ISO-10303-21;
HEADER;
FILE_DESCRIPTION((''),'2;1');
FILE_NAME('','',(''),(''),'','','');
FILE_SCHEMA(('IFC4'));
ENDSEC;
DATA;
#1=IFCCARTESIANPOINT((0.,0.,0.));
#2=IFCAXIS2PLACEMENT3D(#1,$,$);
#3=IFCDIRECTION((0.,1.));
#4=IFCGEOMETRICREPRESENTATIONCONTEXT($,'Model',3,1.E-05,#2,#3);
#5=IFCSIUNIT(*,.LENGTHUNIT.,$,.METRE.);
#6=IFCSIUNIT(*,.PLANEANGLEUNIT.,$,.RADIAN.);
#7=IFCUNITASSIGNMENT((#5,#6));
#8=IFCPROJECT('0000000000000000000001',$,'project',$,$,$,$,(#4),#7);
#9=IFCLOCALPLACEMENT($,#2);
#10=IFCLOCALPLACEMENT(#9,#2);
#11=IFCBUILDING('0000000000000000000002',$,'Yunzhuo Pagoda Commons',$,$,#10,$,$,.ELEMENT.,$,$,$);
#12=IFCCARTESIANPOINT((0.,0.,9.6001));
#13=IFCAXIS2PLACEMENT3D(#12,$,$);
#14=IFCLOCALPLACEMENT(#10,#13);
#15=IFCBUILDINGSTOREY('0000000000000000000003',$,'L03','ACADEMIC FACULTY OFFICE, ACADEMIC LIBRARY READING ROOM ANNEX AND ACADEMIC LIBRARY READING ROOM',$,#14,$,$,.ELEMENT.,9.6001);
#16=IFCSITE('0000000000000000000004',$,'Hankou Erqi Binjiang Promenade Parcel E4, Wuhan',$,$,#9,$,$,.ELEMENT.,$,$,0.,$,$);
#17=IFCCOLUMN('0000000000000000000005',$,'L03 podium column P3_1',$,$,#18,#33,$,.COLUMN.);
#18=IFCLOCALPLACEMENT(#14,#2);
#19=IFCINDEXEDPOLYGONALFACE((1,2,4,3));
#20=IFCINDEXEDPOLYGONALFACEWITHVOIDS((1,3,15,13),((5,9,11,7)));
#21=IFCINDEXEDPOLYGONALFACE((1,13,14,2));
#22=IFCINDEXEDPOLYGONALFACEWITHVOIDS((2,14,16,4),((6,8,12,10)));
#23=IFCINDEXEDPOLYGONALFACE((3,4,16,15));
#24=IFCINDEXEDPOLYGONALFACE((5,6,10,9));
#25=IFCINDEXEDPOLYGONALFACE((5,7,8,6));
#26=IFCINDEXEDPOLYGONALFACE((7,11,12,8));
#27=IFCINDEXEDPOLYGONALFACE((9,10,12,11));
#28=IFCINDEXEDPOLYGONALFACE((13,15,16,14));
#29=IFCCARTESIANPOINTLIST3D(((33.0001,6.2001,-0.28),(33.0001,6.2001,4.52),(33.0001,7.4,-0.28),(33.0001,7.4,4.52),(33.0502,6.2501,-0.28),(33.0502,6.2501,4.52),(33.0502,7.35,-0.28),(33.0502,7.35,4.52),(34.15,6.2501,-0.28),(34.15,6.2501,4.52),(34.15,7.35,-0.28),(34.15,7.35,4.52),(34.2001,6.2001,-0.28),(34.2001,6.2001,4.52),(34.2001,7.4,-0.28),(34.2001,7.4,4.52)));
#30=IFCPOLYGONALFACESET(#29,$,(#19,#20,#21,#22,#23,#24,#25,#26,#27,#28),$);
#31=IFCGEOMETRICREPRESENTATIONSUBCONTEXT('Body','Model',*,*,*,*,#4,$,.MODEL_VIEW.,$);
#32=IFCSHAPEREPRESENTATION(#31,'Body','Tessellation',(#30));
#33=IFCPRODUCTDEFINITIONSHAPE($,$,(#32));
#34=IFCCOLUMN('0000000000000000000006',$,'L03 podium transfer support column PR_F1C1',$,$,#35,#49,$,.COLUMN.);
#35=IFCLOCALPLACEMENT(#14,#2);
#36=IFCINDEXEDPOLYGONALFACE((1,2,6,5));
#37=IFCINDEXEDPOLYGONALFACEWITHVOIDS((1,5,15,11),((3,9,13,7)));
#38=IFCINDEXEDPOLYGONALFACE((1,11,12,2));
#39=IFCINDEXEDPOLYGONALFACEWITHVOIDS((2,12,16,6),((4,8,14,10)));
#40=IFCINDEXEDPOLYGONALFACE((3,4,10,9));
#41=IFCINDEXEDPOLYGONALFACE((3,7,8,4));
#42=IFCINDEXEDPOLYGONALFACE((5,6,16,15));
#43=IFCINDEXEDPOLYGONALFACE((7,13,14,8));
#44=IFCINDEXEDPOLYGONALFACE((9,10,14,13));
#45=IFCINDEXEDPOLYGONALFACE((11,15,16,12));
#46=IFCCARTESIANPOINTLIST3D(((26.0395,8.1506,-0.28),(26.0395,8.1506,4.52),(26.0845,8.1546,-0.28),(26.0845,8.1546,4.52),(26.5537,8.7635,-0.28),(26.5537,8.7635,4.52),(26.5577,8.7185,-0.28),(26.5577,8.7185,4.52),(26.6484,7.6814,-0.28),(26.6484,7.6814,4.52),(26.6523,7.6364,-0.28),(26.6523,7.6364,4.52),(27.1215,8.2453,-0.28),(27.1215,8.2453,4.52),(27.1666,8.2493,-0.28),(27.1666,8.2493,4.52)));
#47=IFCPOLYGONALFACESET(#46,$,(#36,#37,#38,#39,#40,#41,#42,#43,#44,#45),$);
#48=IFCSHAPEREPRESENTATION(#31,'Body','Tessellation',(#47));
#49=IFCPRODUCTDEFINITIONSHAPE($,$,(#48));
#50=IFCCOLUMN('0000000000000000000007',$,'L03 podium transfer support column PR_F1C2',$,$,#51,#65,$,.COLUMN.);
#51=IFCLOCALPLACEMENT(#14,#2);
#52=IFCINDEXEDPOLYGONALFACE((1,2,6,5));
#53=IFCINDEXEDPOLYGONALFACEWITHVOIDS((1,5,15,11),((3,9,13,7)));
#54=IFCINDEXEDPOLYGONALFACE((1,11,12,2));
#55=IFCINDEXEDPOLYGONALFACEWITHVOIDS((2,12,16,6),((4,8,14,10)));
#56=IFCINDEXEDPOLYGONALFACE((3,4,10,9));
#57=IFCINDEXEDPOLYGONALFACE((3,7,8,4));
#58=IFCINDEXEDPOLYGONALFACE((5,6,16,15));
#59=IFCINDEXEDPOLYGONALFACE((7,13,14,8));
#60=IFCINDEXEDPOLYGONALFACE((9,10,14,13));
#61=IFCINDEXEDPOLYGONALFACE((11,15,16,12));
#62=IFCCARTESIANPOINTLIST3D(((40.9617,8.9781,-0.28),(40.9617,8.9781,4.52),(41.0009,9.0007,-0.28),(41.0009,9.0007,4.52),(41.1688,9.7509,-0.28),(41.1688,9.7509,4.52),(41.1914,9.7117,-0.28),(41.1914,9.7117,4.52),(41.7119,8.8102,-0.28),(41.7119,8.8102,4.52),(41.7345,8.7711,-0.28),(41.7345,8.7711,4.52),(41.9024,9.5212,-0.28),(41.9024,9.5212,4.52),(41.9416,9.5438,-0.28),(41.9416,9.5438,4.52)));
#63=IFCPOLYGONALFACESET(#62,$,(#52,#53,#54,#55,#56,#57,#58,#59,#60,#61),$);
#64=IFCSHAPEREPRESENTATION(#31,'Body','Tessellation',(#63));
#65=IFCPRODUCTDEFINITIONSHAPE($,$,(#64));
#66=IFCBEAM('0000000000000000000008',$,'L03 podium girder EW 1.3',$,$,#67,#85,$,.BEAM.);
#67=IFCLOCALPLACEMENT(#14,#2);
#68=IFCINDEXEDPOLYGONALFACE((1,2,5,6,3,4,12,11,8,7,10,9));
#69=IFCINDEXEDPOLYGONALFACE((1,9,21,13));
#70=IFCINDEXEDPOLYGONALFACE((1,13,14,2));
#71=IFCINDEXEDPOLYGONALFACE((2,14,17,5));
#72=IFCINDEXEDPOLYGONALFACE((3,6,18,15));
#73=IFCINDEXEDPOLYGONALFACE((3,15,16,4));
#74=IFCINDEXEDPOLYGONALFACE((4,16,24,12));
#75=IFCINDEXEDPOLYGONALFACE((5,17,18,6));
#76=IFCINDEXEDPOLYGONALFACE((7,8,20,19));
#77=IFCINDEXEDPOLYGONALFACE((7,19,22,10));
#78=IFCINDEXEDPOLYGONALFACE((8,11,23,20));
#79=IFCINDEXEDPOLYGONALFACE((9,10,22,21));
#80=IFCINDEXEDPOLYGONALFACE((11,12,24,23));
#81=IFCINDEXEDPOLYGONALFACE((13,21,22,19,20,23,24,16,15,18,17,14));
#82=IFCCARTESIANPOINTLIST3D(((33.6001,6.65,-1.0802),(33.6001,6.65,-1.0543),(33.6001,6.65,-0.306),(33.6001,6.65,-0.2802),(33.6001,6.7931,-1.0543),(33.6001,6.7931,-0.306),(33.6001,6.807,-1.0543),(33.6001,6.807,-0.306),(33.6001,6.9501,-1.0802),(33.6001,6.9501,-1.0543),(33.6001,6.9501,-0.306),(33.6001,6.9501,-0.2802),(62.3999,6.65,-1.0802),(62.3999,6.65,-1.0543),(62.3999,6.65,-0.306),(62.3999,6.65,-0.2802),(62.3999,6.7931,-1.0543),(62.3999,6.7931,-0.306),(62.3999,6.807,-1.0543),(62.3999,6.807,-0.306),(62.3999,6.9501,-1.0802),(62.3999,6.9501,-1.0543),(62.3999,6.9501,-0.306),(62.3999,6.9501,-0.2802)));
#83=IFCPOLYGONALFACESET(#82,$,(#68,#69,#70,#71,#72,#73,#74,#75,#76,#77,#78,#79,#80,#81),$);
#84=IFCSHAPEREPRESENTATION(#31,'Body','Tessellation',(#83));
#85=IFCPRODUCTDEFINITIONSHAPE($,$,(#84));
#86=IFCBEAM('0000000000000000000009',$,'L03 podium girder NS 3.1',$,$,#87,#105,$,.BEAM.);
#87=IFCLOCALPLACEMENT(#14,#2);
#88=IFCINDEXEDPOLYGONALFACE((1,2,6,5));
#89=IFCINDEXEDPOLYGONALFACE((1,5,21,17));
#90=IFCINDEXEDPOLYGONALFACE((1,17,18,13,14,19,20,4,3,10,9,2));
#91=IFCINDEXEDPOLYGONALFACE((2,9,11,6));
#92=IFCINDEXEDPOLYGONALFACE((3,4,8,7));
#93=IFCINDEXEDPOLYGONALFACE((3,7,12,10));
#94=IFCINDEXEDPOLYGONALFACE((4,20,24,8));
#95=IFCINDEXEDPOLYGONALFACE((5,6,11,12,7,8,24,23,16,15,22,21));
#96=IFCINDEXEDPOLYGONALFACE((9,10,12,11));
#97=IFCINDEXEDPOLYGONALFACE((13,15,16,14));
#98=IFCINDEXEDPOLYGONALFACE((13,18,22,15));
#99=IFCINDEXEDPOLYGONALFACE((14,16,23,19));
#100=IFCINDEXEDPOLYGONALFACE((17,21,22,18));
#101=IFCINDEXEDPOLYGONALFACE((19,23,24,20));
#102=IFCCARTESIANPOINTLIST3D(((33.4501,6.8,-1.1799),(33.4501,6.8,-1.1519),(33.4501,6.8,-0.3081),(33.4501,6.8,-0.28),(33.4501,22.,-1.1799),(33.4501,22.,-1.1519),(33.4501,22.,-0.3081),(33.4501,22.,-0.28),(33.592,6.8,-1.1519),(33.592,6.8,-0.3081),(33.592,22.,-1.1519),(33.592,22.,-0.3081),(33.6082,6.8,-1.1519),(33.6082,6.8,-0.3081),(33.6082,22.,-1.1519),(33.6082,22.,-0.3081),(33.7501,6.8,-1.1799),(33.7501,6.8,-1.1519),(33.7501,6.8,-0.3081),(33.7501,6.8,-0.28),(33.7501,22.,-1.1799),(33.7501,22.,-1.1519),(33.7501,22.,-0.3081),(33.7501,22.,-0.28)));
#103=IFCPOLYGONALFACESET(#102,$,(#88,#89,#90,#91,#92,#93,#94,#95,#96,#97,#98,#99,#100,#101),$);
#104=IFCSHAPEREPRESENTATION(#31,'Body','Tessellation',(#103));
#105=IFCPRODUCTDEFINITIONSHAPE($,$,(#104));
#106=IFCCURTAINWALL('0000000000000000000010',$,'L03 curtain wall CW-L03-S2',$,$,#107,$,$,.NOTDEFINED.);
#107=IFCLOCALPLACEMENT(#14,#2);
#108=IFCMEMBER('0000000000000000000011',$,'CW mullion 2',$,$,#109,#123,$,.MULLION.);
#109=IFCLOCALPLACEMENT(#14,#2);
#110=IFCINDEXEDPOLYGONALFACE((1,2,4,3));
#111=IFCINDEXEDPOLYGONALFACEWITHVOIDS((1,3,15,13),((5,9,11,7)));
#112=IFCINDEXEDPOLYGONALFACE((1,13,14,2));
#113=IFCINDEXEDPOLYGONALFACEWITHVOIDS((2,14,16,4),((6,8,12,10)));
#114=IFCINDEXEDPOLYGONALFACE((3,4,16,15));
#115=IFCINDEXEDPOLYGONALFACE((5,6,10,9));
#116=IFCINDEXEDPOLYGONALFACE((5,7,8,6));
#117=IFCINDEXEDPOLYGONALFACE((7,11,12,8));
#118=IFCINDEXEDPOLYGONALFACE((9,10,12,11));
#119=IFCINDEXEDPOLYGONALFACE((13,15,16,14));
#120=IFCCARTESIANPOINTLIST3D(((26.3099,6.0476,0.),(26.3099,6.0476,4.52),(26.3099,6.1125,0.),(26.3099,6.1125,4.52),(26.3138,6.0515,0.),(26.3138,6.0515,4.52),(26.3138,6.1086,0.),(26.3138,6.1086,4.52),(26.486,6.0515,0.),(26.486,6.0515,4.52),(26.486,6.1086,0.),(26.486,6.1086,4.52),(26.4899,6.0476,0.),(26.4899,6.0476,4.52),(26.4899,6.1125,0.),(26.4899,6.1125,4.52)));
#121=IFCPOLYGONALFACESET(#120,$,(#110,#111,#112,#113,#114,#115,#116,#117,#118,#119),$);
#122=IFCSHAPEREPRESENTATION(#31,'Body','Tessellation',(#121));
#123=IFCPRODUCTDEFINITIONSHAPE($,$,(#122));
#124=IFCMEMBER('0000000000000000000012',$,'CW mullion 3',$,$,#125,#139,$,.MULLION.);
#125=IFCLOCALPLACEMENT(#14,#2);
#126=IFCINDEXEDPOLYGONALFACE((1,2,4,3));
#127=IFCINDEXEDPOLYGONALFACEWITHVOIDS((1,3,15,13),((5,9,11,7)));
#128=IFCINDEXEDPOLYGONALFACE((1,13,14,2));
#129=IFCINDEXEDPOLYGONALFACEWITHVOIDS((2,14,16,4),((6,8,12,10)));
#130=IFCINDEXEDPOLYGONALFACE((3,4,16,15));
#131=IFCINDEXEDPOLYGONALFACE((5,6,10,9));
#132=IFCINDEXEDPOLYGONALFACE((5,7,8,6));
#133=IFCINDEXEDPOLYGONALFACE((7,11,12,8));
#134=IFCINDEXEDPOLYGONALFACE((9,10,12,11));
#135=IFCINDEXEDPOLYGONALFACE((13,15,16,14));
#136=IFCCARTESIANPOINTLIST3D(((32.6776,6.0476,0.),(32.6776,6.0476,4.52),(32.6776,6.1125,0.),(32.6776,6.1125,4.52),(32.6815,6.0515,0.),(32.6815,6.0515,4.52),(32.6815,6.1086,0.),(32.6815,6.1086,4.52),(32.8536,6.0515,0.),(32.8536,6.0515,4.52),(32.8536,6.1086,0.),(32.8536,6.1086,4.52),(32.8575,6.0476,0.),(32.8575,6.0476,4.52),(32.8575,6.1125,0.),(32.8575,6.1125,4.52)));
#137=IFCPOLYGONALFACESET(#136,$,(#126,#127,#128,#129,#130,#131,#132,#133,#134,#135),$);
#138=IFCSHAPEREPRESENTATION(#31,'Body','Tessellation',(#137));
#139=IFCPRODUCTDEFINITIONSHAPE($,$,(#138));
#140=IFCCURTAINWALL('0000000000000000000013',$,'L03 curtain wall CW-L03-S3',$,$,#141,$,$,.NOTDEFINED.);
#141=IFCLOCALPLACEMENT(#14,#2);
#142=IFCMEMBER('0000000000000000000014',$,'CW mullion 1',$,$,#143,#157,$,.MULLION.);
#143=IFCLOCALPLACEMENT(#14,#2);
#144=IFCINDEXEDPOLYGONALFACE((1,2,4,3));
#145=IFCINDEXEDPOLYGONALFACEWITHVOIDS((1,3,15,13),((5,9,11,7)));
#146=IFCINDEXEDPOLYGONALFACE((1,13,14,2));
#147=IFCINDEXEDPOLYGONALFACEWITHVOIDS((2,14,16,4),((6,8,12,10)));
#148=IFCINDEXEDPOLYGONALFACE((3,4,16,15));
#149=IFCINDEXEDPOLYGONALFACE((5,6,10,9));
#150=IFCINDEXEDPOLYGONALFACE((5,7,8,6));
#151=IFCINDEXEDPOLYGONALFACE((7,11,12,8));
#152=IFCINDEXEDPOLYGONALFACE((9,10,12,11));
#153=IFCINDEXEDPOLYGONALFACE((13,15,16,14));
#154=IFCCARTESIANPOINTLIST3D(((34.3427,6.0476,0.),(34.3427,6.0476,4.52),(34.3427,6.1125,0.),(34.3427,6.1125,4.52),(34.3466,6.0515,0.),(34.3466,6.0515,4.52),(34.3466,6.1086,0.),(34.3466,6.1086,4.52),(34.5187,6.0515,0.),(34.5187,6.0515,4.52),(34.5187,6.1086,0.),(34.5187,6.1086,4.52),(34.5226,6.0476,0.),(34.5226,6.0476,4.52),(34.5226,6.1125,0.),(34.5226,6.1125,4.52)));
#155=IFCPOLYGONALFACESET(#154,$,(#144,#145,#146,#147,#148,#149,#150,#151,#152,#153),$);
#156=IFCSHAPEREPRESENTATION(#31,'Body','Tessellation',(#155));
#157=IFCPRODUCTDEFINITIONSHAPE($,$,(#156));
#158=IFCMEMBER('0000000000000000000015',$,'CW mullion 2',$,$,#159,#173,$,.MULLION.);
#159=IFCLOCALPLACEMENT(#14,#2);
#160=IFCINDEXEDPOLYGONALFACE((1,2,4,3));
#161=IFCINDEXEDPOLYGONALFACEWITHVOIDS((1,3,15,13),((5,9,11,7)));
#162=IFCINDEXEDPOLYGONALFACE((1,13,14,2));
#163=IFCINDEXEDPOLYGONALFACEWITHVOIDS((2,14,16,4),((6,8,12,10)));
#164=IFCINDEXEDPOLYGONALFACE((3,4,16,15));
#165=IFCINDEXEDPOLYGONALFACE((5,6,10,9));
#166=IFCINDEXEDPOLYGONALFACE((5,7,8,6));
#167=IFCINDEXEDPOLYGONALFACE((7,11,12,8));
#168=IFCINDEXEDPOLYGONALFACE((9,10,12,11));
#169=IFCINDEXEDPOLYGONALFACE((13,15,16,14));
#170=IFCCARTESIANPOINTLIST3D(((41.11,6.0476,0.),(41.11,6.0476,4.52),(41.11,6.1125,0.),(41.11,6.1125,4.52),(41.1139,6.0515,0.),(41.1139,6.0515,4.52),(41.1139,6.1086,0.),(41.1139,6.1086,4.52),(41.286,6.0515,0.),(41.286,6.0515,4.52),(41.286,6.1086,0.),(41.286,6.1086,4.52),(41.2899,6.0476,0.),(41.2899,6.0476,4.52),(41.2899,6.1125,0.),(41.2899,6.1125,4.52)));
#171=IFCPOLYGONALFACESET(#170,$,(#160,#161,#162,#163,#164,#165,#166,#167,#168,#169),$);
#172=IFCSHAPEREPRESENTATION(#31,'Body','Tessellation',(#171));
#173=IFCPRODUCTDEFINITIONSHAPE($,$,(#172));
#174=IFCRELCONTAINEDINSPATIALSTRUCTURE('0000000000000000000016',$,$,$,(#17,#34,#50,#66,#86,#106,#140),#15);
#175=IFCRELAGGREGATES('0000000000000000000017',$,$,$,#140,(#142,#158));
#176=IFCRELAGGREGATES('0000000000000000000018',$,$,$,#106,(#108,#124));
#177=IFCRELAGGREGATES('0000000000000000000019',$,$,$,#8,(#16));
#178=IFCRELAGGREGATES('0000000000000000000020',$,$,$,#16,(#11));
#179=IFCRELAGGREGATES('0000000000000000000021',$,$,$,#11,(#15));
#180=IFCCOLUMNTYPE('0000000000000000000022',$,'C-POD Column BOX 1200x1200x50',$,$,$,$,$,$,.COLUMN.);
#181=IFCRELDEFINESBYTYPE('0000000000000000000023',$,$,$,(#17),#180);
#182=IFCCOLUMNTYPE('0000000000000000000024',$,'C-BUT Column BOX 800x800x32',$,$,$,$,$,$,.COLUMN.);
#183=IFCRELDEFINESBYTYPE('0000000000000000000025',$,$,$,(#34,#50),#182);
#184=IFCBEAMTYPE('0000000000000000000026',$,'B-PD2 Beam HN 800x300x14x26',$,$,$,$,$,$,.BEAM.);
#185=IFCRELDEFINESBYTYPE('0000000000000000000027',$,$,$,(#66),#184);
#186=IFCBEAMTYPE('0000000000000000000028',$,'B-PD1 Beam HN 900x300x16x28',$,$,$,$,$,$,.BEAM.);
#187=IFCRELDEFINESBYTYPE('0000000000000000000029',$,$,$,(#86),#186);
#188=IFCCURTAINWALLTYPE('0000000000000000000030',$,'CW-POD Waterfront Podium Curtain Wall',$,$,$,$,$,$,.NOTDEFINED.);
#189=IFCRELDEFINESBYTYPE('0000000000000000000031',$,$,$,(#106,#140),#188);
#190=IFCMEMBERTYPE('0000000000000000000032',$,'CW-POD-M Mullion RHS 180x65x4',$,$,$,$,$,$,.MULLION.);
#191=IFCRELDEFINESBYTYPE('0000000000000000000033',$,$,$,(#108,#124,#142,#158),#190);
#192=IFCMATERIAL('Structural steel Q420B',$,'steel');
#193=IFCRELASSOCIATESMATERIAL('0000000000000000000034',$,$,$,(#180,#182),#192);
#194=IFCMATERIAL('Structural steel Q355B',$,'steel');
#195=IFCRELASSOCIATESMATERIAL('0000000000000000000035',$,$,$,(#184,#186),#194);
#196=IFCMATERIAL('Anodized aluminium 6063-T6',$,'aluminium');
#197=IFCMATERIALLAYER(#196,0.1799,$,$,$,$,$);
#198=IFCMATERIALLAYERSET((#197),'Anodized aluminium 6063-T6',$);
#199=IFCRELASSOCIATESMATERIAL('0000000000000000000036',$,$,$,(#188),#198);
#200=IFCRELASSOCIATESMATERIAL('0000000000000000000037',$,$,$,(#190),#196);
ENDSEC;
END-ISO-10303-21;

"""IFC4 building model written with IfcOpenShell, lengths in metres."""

from ifc_helpers import new_model, si_unit, direction, frame, origin, origin_2d, place, context, subcontext, project, spatial, hollow_rectangle, i_section, extrude, source, transform, mapped, material, layer, layer_set, material_profile, profile_set, type_object, element, aggregate, save


model = new_model("IFC4")

# Units and contexts
model_context = context("Model", 3, precision=1e-05, world=origin(), true_north=direction((0.0, 1.0)))
body_context = subcontext(model_context, "Body", "Model", "MODEL_VIEW")
ifc_project = project(units=[si_unit("LENGTHUNIT", "METRE"), si_unit("PLANEANGLEUNIT", "RADIAN")], contexts=[model_context])

# Site, building, storey
site_placement = place(None, origin())
site = spatial("IfcSite", under=ifc_project, at=site_placement, Name="Hankou Erqi Binjiang Promenade Parcel E4, Wuhan", CompositionType="ELEMENT", RefElevation=0.0)
building_placement = place(site_placement, origin())
building = spatial("IfcBuilding", under=site, at=building_placement, Name="Yunzhuo Pagoda Commons", CompositionType="ELEMENT")
storey_placement = place(building_placement, frame((0.0, 0.0, 9.6001)))
storey = spatial("IfcBuildingStorey", under=building, at=storey_placement, Name="L03", Description="ACADEMIC FACULTY OFFICE, ACADEMIC LIBRARY READING ROOM ANNEX AND ACADEMIC LIBRARY READING ROOM", CompositionType="ELEMENT", Elevation=9.6001)

# Columns
ifc_material_1 = material(Name="Structural steel Q420B", Category="steel")
ifc_material_profile_1 = material_profile(ifc_material_1, hollow_rectangle(XDim=1.2, YDim=1.2, WallThickness=0.05, at=origin_2d()), Name="Structural steel Q420B")
ifc_profile_set_1 = profile_set([ifc_material_profile_1], Name="Structural steel Q420B")
column_type_1 = type_object("IfcColumnType", Name="C-POD Column BOX 1200x1200x50", PredefinedType="COLUMN", material=ifc_profile_set_1)
shared_shape_1 = source(origin(), body_context, "Body", "SweptSolid", [
    extrude(hollow_rectangle(XDim=1.2, YDim=1.2, WallThickness=0.05, at=origin_2d()), origin(), (0.0, 0.0, 1.0), 4.8),
])
column_placement = place(storey_placement, frame((33.6001, 6.8, -0.28), z_axis=(0.0, 0.0, 1.0), x_axis=(1.0, 0.0, 0.0)))
element("IfcColumn", 1, at=column_placement, inside=storey, type_object=column_type_1, Name="L03 podium column P3_1", PredefinedType="COLUMN", context=body_context, shape_type="MappedRepresentation", body=[
    mapped(shared_shape_1, transform((0.0, 0.0, 0.0), scale=1.0)),
])
ifc_material_profile_2 = material_profile(ifc_material_1, hollow_rectangle(XDim=0.8, YDim=0.8, WallThickness=0.032, at=origin_2d()), Name="Structural steel Q420B")
ifc_profile_set_2 = profile_set([ifc_material_profile_2], Name="Structural steel Q420B")
column_type_2 = type_object("IfcColumnType", Name="C-BUT Column BOX 800x800x32", PredefinedType="COLUMN", material=ifc_profile_set_2)
shared_shape_2 = source(origin(), body_context, "Body", "SweptSolid", [
    extrude(hollow_rectangle(XDim=0.8, YDim=0.8, WallThickness=0.032, at=origin_2d()), origin(), (0.0, 0.0, 1.0), 4.8),
])
for number, where, z_axis, x_axis, name in (
    (2, (26.603, 8.2, -0.28), (0.0, 0.0, 1.0), (0.766044, -0.642788, 0.0), "L03 podium transfer support column PR_F1C1"),
    (3, (41.4517, 9.261, -0.28), (0.0, 0.0, 1.0), (0.965926, -0.258819, 0.0), "L03 podium transfer support column PR_F1C2"),
):
    element("IfcColumn", number, at=place(storey_placement, frame(where, z_axis=z_axis, x_axis=x_axis)), inside=storey, type_object=column_type_2, Name=name, PredefinedType="COLUMN", context=body_context, shape_type="MappedRepresentation", body=[
        mapped(shared_shape_2, transform((0.0, 0.0, 0.0), scale=1.0)),
    ])

# Beams
ifc_material_2 = material(Name="Structural steel Q355B", Category="steel")
ifc_material_profile_3 = material_profile(ifc_material_2, i_section(OverallWidth=0.3, OverallDepth=0.8, WebThickness=0.0139, FlangeThickness=0.0259, at=origin_2d()), Name="Structural steel Q355B")
ifc_profile_set_3 = profile_set([ifc_material_profile_3], Name="Structural steel Q355B")
beam_type_1 = type_object("IfcBeamType", Name="B-PD2 Beam HN 800x300x14x26", PredefinedType="BEAM", material=ifc_profile_set_3)
shared_shape_3 = source(origin(), body_context, "Body", "SweptSolid", [
    extrude(i_section(OverallWidth=0.3, OverallDepth=0.8, WebThickness=0.0139, FlangeThickness=0.0259, at=origin_2d()), origin(), (0.0, 0.0, 1.0), 28.7998),
])
beam_1_placement = place(storey_placement, frame((33.6001, 6.8, -0.6802), z_axis=(1.0, 0.0, 0.0), x_axis=(0.0, 1.0, 0.0)))
element("IfcBeam", 4, at=beam_1_placement, inside=storey, type_object=beam_type_1, Name="L03 podium girder EW 1.3", PredefinedType="BEAM", context=body_context, shape_type="MappedRepresentation", body=[
    mapped(shared_shape_3, transform((0.0, 0.0, 0.0), scale=1.0)),
])
ifc_material_profile_4 = material_profile(ifc_material_2, i_section(OverallWidth=0.3, OverallDepth=0.8999, WebThickness=0.0161, FlangeThickness=0.0281, at=origin_2d()), Name="Structural steel Q355B")
ifc_profile_set_4 = profile_set([ifc_material_profile_4], Name="Structural steel Q355B")
beam_type_2 = type_object("IfcBeamType", Name="B-PD1 Beam HN 900x300x16x28", PredefinedType="BEAM", material=ifc_profile_set_4)
shared_shape_4 = source(origin(), body_context, "Body", "SweptSolid", [
    extrude(i_section(OverallWidth=0.3, OverallDepth=0.8999, WebThickness=0.0161, FlangeThickness=0.0281, at=origin_2d()), origin(), (0.0, 0.0, 1.0), 15.2),
])
beam_2_placement = place(storey_placement, frame((33.6001, 6.8, -0.73), z_axis=(0.0, 1.0, 0.0), x_axis=(-1.0, 0.0, 0.0)))
element("IfcBeam", 5, at=beam_2_placement, inside=storey, type_object=beam_type_2, Name="L03 podium girder NS 3.1", PredefinedType="BEAM", context=body_context, shape_type="MappedRepresentation", body=[
    mapped(shared_shape_4, transform((0.0, 0.0, 0.0), scale=1.0)),
])

# Curtain walls, members
ifc_material_3 = material(Name="Anodized aluminium 6063-T6", Category="aluminium")
ifc_layer_1 = layer(ifc_material_3, 0.1799)
ifc_layer_set_1 = layer_set([ifc_layer_1], Name="Anodized aluminium 6063-T6")
curtain_wall_type = type_object("IfcCurtainWallType", Name="CW-POD Waterfront Podium Curtain Wall", PredefinedType="NOTDEFINED", material=ifc_layer_set_1)
curtain_wall_1_placement = place(storey_placement, origin())
curtain_wall_1 = element("IfcCurtainWall", 6, at=curtain_wall_1_placement, inside=storey, type_object=curtain_wall_type, Name="L03 curtain wall CW-L03-S2", PredefinedType="NOTDEFINED")
ifc_material_profile_5 = material_profile(ifc_material_3, hollow_rectangle(XDim=0.0649, YDim=0.1799, WallThickness=0.0039, at=origin_2d()), Name="Anodized aluminium 6063-T6")
ifc_profile_set_5 = profile_set([ifc_material_profile_5], Name="Anodized aluminium 6063-T6")
member_type_1 = type_object("IfcMemberType", Name="CW-POD-M Mullion RHS 180x65x4", PredefinedType="MULLION", material=ifc_profile_set_5)
shared_shape_5 = source(origin(), body_context, "Body", "SweptSolid", [
    extrude(hollow_rectangle(XDim=0.0649, YDim=0.1799, WallThickness=0.0039, at=origin_2d()), origin(), (0.0, 0.0, 1.0), 4.52),
])
member_1_placement = place(storey_placement, frame((26.3999, 6.0801, 0.0), z_axis=(0.0, 0.0, 1.0), x_axis=(0.0, 1.0, 0.0)))
member_1 = element("IfcMember", 7, at=member_1_placement, type_object=member_type_1, Name="CW mullion 2", PredefinedType="MULLION", context=body_context, shape_type="MappedRepresentation", body=[
    mapped(shared_shape_5, transform((0.0, 0.0, 0.0), scale=1.0)),
])
member_2_placement = place(storey_placement, frame((32.7676, 6.0801, 0.0), z_axis=(0.0, 0.0, 1.0), x_axis=(0.0, 1.0, 0.0)))
member_2 = element("IfcMember", 8, at=member_2_placement, type_object=member_type_1, Name="CW mullion 3", PredefinedType="MULLION", context=body_context, shape_type="MappedRepresentation", body=[
    mapped(shared_shape_5, transform((0.0, 0.0, 0.0), scale=1.0)),
])
curtain_wall_2_placement = place(storey_placement, origin())
curtain_wall_2 = element("IfcCurtainWall", 9, at=curtain_wall_2_placement, inside=storey, type_object=curtain_wall_type, Name="L03 curtain wall CW-L03-S3", PredefinedType="NOTDEFINED")
member_3_placement = place(storey_placement, frame((34.4326, 6.0801, 0.0), z_axis=(0.0, 0.0, 1.0), x_axis=(0.0, 1.0, 0.0)))
member_3 = element("IfcMember", 10, at=member_3_placement, type_object=member_type_1, Name="CW mullion 1", PredefinedType="MULLION", context=body_context, shape_type="MappedRepresentation", body=[
    mapped(shared_shape_5, transform((0.0, 0.0, 0.0), scale=1.0)),
])
member_4_placement = place(storey_placement, frame((41.2, 6.0801, 0.0), z_axis=(0.0, 0.0, 1.0), x_axis=(0.0, 1.0, 0.0)))
member_4 = element("IfcMember", 11, at=member_4_placement, type_object=member_type_1, Name="CW mullion 2", PredefinedType="MULLION", context=body_context, shape_type="MappedRepresentation", body=[
    mapped(shared_shape_5, transform((0.0, 0.0, 0.0), scale=1.0)),
])

aggregate(curtain_wall_2, [member_3, member_4])
aggregate(curtain_wall_1, [member_1, member_2])

save(model, "model.ifc")
